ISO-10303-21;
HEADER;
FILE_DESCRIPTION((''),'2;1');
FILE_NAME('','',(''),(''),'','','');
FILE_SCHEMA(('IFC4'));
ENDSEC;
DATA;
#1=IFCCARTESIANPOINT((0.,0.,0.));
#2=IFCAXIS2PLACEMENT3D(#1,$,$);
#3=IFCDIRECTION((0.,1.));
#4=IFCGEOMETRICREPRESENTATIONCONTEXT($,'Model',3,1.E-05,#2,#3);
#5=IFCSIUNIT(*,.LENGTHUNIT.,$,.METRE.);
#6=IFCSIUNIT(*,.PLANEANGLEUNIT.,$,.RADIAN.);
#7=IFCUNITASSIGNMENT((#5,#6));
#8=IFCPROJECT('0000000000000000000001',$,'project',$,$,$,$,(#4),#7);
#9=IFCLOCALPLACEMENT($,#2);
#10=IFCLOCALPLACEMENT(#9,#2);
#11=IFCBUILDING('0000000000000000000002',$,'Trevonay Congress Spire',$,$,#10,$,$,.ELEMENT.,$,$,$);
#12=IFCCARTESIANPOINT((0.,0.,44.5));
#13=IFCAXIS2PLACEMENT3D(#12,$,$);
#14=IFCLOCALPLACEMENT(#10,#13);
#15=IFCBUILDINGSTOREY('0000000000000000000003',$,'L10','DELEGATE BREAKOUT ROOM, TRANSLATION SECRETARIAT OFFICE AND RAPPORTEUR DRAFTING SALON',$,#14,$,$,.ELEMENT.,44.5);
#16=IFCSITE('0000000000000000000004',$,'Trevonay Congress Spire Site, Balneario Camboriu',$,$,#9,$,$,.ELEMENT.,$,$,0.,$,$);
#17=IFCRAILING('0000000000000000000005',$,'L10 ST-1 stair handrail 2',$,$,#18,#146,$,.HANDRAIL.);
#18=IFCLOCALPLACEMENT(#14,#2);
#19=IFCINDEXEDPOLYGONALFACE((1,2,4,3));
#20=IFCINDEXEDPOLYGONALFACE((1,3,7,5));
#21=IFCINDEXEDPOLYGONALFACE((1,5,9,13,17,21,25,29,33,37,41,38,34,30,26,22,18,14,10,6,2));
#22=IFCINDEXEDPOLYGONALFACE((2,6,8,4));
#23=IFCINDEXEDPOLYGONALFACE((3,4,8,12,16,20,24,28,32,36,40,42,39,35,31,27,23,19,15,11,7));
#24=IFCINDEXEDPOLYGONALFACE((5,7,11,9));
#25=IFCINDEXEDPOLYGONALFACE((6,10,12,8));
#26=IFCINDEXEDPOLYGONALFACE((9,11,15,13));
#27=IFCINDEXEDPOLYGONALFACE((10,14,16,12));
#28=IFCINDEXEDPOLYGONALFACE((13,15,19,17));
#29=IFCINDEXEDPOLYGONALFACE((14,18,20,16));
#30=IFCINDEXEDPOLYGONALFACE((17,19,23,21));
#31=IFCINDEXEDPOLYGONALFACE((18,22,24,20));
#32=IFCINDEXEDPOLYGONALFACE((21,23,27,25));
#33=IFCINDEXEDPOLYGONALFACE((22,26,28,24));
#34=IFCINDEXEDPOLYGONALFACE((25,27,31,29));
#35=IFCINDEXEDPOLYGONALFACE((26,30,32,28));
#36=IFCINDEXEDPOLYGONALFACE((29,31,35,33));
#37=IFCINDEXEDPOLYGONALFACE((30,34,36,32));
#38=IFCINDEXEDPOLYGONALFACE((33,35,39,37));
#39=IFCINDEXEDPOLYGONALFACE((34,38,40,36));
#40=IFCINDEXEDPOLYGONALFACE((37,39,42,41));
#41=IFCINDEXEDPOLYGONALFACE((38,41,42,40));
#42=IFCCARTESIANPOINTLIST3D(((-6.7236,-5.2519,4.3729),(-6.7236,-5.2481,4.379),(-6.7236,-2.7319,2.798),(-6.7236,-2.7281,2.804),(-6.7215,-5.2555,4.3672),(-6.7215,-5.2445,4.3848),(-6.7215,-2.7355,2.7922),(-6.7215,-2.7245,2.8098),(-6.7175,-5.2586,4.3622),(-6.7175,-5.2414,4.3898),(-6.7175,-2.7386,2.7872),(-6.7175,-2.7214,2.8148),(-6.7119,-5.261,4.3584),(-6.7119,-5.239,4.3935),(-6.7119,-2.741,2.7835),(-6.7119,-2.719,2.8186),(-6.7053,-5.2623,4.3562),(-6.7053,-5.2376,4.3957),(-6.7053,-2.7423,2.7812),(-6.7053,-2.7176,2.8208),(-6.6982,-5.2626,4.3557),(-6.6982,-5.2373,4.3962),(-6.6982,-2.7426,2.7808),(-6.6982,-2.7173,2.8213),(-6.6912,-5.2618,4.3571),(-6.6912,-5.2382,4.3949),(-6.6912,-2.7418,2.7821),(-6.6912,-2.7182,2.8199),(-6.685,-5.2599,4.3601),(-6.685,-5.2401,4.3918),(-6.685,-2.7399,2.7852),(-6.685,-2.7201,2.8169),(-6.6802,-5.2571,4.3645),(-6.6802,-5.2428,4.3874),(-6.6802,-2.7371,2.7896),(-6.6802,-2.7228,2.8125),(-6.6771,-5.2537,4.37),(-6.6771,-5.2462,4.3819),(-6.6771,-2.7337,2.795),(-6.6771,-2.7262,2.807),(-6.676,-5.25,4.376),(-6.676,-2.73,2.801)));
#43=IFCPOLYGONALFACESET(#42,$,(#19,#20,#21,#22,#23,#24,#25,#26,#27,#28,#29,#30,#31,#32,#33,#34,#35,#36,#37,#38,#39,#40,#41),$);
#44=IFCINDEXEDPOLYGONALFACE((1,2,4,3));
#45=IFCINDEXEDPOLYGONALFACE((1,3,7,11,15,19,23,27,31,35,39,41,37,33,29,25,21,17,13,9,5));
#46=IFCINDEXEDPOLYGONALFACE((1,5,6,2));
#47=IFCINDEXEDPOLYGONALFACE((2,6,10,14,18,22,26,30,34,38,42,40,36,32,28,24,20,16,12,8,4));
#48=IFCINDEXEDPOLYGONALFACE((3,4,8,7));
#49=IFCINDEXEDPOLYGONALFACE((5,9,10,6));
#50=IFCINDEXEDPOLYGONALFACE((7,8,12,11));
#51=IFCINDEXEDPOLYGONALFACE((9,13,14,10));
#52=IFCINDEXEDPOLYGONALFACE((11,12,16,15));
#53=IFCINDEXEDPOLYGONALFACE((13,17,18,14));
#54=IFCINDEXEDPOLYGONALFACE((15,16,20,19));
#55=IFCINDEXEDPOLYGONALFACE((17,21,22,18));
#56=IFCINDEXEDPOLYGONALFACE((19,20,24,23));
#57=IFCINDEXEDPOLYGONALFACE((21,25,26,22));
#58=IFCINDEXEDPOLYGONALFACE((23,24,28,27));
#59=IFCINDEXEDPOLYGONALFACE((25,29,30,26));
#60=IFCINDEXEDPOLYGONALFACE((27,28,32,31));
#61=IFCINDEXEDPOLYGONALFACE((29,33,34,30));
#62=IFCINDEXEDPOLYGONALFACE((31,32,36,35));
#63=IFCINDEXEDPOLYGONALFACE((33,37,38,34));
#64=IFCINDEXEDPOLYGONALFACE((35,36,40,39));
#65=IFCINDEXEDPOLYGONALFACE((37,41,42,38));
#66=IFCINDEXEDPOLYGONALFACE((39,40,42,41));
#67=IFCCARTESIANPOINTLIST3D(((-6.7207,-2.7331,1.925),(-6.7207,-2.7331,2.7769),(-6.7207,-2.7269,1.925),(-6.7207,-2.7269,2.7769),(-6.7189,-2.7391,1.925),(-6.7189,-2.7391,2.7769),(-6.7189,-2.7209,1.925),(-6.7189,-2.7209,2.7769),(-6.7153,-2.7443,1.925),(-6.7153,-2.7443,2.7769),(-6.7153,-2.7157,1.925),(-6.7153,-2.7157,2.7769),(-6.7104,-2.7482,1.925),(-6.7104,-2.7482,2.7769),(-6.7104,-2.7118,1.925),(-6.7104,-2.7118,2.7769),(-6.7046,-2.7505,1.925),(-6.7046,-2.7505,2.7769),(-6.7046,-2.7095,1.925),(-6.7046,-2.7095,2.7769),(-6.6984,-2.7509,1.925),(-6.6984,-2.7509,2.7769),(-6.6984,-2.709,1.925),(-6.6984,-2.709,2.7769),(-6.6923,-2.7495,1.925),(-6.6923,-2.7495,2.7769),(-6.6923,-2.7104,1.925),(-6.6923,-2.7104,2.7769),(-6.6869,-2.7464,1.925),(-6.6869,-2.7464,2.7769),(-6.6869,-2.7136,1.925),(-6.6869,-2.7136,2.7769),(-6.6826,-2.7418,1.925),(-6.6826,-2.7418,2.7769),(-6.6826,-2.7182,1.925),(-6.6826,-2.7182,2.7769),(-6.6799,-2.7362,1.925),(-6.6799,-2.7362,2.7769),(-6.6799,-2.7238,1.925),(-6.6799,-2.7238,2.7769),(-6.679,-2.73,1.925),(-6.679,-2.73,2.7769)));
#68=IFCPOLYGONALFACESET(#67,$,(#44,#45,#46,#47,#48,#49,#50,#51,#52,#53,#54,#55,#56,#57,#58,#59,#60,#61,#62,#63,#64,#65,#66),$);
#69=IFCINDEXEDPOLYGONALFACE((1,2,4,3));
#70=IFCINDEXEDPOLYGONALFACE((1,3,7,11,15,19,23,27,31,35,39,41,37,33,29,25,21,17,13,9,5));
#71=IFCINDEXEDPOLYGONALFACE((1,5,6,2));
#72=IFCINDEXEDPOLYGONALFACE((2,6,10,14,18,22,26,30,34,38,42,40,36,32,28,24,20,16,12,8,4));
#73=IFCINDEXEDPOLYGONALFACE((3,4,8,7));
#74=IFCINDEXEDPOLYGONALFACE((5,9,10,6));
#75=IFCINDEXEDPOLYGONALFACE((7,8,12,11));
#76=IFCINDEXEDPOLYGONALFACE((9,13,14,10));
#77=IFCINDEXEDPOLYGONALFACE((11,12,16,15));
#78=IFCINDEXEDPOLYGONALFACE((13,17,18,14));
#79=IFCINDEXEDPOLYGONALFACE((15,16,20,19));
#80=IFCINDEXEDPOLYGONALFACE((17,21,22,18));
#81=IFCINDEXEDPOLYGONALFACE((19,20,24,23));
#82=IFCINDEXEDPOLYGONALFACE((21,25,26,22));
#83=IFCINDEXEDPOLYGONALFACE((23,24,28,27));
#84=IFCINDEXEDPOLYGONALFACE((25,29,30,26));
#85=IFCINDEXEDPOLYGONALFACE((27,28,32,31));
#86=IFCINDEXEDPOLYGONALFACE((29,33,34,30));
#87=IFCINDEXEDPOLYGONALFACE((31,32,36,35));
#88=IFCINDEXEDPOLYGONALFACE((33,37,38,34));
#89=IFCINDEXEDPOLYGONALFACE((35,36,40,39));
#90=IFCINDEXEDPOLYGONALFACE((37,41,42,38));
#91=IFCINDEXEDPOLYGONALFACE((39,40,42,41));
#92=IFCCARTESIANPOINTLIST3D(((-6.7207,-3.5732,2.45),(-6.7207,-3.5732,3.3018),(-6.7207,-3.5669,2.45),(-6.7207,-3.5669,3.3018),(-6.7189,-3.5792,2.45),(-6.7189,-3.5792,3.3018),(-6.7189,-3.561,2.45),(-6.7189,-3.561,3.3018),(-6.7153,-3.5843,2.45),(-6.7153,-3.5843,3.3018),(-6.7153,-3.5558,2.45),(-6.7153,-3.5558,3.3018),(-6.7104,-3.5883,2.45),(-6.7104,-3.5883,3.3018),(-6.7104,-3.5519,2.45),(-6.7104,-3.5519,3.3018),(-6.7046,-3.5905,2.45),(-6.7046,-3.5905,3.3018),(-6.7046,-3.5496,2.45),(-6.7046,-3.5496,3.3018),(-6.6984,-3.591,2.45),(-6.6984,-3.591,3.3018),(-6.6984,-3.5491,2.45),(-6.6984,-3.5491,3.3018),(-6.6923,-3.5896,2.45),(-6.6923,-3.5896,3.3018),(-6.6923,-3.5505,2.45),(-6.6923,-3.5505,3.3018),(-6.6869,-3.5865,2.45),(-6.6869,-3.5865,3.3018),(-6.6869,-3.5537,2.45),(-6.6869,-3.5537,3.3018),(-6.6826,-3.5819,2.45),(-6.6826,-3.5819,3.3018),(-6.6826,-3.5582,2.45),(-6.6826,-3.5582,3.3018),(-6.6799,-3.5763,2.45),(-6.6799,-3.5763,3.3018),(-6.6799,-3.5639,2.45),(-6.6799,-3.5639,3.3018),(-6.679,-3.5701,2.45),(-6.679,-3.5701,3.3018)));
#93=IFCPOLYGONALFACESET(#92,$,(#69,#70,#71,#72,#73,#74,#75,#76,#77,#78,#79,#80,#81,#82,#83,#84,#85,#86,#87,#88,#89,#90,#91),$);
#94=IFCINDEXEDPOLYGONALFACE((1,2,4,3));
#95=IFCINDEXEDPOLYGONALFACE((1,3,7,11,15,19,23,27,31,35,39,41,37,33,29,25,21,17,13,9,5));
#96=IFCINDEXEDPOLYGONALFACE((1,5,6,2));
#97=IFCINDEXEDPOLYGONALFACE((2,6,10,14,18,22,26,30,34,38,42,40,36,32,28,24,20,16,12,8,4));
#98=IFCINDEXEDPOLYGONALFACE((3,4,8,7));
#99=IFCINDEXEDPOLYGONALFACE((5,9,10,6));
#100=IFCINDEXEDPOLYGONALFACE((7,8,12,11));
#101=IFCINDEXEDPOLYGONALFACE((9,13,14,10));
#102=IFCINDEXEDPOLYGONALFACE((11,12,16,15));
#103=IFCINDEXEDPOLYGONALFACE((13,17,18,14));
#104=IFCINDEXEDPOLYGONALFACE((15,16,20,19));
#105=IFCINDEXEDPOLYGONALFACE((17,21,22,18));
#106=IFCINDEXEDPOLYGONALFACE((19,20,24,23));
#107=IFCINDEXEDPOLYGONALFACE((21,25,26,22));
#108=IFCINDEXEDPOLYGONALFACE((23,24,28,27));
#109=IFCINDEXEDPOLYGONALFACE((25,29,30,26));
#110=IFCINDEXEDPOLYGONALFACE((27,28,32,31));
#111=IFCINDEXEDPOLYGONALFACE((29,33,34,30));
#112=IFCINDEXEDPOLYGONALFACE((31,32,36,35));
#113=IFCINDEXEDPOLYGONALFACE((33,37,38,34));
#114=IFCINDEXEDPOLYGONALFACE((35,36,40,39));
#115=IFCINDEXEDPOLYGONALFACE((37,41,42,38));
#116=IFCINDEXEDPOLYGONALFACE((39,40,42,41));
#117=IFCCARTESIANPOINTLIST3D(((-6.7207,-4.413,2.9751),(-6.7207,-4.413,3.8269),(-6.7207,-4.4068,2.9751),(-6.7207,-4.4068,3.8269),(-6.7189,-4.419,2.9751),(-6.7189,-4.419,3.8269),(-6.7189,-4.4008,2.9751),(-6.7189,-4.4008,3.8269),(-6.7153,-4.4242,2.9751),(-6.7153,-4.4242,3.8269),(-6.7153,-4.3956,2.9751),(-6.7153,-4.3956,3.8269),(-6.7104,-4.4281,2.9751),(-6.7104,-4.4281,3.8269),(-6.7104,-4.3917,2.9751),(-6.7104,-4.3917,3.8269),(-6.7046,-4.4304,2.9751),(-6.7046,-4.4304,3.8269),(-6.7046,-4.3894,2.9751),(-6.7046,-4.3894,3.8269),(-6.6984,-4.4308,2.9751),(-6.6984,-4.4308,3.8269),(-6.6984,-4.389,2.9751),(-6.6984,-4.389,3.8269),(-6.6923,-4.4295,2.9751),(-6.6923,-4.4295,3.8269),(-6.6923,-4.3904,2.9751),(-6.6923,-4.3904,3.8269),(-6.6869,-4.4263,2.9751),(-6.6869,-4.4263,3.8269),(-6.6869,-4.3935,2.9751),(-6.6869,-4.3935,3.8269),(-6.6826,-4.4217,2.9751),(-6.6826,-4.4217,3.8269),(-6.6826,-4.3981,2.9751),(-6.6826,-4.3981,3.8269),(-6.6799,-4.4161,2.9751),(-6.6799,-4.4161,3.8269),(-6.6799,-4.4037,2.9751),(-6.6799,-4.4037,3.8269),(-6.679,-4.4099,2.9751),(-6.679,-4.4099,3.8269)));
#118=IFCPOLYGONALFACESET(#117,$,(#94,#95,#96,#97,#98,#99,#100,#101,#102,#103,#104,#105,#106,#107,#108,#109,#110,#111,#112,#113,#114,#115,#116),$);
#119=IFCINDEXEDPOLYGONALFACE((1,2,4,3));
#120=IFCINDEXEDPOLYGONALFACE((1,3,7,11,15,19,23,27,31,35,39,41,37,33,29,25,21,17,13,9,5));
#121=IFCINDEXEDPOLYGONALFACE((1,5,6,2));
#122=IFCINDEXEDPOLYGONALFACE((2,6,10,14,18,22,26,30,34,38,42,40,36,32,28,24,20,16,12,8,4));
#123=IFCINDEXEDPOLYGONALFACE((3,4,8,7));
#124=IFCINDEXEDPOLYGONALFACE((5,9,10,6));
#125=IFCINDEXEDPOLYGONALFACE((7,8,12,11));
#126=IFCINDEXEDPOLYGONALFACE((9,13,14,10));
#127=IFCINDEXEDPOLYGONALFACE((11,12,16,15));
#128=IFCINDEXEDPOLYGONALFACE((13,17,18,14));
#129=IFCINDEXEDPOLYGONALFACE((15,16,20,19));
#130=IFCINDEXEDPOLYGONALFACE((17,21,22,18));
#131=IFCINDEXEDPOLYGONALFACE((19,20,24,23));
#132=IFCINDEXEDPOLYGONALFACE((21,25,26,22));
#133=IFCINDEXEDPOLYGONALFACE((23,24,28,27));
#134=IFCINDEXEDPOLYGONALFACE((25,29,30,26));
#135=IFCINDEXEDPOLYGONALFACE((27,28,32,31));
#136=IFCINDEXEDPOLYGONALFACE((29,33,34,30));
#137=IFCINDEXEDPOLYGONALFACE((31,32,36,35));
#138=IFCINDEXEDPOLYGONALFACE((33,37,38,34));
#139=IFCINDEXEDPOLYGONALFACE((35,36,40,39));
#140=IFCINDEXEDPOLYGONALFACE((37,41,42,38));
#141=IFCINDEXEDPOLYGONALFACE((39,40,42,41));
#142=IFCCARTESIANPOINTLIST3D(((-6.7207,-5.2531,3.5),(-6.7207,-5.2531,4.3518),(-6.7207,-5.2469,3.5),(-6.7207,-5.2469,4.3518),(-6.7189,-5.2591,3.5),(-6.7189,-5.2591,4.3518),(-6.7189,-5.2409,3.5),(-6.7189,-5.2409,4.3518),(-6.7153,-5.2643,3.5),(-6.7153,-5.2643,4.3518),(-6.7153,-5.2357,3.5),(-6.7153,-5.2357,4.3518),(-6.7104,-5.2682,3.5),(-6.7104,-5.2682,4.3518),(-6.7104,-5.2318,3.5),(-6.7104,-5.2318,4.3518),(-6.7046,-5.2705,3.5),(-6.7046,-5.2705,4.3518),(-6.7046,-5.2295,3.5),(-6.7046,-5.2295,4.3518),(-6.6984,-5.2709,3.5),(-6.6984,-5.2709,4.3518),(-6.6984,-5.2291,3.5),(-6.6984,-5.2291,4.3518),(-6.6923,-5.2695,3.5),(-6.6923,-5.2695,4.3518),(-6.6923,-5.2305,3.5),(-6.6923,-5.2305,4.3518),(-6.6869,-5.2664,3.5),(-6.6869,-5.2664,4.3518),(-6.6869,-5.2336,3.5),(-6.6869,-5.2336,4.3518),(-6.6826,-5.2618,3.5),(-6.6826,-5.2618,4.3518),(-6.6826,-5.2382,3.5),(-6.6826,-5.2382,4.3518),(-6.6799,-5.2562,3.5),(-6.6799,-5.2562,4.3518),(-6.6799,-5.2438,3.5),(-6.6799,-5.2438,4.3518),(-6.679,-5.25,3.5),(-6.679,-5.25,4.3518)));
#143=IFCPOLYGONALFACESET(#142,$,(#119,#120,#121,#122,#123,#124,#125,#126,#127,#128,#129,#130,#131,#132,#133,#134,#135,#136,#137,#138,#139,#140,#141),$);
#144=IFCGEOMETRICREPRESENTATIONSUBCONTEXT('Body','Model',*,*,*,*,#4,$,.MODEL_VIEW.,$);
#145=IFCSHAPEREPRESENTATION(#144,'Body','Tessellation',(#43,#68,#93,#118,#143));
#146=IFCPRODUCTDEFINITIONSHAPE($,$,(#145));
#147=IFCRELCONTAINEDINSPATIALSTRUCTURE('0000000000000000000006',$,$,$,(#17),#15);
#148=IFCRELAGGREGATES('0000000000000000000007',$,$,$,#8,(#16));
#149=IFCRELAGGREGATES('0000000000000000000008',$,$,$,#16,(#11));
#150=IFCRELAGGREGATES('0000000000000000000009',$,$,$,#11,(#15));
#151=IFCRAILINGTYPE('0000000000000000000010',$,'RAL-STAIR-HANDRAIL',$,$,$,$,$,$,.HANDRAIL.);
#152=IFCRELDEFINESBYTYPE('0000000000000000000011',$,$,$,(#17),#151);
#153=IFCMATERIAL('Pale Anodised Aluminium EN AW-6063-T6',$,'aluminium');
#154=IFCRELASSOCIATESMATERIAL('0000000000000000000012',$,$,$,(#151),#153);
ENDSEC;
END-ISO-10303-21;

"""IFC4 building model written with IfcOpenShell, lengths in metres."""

from ifc_helpers import new_model, si_unit, direction, frame, origin, origin_2d, place, context, subcontext, project, spatial, circle, extrude, material, type_object, element, save


model = new_model("IFC4")

# Units and contexts
model_context = context("Model", 3, precision=1e-05, world=origin(), true_north=direction((0.0, 1.0)))
body_context = subcontext(model_context, "Body", "Model", "MODEL_VIEW")
ifc_project = project(units=[si_unit("LENGTHUNIT", "METRE"), si_unit("PLANEANGLEUNIT", "RADIAN")], contexts=[model_context])

# Site, building, storey
site_placement = place(None, origin())
site = spatial("IfcSite", under=ifc_project, at=site_placement, Name="Trevonay Congress Spire Site, Balneario Camboriu", CompositionType="ELEMENT", RefElevation=0.0)
building_placement = place(site_placement, origin())
building = spatial("IfcBuilding", under=site, at=building_placement, Name="Trevonay Congress Spire", CompositionType="ELEMENT")
storey_placement = place(building_placement, frame((0.0, 0.0, 44.5)))
storey = spatial("IfcBuildingStorey", under=building, at=storey_placement, Name="L10", Description="DELEGATE BREAKOUT ROOM, TRANSLATION SECRETARIAT OFFICE AND RAPPORTEUR DRAFTING SALON", CompositionType="ELEMENT", Elevation=44.5)

# Shared definitions
ifc_material_1 = material(Name="Pale Anodised Aluminium EN AW-6063-T6", Category="aluminium")

# Railing
railing_type_1 = type_object("IfcRailingType", Name="RAL-STAIR-HANDRAIL", PredefinedType="HANDRAIL", material=ifc_material_1)
railing_1_placement = place(storey_placement, frame((-6.7, -2.73, 1.925)))
element("IfcRailing", 1, at=railing_1_placement, inside=storey, type_object=railing_type_1, Name="L10 ST-1 stair handrail 2", PredefinedType="HANDRAIL", context=body_context, shape_type="SweptSolid", body=[
    extrude(circle(Radius=0.0239, at=origin_2d()), frame((0.0, 0.0, 0.876), z_axis=(0.0, -0.848008, 0.529984), x_axis=(1.0, 0.0, 0.0)), (0.0, 0.0, 1.0), 2.9717),
    extrude(circle(Radius=0.021, at=origin_2d()), origin(), (0.0, 0.0, 1.0), 0.8518),
    extrude(circle(Radius=0.021, at=origin_2d()), frame((0.0, -0.8401, 0.5249)), (0.0, 0.0, 1.0), 0.8518),
    extrude(circle(Radius=0.021, at=origin_2d()), frame((0.0, -1.6799, 1.05)), (0.0, 0.0, 1.0), 0.8518),
    extrude(circle(Radius=0.021, at=origin_2d()), frame((0.0, -2.52, 1.575)), (0.0, 0.0, 1.0), 0.8518),
])

save(model, "model.ifc")
